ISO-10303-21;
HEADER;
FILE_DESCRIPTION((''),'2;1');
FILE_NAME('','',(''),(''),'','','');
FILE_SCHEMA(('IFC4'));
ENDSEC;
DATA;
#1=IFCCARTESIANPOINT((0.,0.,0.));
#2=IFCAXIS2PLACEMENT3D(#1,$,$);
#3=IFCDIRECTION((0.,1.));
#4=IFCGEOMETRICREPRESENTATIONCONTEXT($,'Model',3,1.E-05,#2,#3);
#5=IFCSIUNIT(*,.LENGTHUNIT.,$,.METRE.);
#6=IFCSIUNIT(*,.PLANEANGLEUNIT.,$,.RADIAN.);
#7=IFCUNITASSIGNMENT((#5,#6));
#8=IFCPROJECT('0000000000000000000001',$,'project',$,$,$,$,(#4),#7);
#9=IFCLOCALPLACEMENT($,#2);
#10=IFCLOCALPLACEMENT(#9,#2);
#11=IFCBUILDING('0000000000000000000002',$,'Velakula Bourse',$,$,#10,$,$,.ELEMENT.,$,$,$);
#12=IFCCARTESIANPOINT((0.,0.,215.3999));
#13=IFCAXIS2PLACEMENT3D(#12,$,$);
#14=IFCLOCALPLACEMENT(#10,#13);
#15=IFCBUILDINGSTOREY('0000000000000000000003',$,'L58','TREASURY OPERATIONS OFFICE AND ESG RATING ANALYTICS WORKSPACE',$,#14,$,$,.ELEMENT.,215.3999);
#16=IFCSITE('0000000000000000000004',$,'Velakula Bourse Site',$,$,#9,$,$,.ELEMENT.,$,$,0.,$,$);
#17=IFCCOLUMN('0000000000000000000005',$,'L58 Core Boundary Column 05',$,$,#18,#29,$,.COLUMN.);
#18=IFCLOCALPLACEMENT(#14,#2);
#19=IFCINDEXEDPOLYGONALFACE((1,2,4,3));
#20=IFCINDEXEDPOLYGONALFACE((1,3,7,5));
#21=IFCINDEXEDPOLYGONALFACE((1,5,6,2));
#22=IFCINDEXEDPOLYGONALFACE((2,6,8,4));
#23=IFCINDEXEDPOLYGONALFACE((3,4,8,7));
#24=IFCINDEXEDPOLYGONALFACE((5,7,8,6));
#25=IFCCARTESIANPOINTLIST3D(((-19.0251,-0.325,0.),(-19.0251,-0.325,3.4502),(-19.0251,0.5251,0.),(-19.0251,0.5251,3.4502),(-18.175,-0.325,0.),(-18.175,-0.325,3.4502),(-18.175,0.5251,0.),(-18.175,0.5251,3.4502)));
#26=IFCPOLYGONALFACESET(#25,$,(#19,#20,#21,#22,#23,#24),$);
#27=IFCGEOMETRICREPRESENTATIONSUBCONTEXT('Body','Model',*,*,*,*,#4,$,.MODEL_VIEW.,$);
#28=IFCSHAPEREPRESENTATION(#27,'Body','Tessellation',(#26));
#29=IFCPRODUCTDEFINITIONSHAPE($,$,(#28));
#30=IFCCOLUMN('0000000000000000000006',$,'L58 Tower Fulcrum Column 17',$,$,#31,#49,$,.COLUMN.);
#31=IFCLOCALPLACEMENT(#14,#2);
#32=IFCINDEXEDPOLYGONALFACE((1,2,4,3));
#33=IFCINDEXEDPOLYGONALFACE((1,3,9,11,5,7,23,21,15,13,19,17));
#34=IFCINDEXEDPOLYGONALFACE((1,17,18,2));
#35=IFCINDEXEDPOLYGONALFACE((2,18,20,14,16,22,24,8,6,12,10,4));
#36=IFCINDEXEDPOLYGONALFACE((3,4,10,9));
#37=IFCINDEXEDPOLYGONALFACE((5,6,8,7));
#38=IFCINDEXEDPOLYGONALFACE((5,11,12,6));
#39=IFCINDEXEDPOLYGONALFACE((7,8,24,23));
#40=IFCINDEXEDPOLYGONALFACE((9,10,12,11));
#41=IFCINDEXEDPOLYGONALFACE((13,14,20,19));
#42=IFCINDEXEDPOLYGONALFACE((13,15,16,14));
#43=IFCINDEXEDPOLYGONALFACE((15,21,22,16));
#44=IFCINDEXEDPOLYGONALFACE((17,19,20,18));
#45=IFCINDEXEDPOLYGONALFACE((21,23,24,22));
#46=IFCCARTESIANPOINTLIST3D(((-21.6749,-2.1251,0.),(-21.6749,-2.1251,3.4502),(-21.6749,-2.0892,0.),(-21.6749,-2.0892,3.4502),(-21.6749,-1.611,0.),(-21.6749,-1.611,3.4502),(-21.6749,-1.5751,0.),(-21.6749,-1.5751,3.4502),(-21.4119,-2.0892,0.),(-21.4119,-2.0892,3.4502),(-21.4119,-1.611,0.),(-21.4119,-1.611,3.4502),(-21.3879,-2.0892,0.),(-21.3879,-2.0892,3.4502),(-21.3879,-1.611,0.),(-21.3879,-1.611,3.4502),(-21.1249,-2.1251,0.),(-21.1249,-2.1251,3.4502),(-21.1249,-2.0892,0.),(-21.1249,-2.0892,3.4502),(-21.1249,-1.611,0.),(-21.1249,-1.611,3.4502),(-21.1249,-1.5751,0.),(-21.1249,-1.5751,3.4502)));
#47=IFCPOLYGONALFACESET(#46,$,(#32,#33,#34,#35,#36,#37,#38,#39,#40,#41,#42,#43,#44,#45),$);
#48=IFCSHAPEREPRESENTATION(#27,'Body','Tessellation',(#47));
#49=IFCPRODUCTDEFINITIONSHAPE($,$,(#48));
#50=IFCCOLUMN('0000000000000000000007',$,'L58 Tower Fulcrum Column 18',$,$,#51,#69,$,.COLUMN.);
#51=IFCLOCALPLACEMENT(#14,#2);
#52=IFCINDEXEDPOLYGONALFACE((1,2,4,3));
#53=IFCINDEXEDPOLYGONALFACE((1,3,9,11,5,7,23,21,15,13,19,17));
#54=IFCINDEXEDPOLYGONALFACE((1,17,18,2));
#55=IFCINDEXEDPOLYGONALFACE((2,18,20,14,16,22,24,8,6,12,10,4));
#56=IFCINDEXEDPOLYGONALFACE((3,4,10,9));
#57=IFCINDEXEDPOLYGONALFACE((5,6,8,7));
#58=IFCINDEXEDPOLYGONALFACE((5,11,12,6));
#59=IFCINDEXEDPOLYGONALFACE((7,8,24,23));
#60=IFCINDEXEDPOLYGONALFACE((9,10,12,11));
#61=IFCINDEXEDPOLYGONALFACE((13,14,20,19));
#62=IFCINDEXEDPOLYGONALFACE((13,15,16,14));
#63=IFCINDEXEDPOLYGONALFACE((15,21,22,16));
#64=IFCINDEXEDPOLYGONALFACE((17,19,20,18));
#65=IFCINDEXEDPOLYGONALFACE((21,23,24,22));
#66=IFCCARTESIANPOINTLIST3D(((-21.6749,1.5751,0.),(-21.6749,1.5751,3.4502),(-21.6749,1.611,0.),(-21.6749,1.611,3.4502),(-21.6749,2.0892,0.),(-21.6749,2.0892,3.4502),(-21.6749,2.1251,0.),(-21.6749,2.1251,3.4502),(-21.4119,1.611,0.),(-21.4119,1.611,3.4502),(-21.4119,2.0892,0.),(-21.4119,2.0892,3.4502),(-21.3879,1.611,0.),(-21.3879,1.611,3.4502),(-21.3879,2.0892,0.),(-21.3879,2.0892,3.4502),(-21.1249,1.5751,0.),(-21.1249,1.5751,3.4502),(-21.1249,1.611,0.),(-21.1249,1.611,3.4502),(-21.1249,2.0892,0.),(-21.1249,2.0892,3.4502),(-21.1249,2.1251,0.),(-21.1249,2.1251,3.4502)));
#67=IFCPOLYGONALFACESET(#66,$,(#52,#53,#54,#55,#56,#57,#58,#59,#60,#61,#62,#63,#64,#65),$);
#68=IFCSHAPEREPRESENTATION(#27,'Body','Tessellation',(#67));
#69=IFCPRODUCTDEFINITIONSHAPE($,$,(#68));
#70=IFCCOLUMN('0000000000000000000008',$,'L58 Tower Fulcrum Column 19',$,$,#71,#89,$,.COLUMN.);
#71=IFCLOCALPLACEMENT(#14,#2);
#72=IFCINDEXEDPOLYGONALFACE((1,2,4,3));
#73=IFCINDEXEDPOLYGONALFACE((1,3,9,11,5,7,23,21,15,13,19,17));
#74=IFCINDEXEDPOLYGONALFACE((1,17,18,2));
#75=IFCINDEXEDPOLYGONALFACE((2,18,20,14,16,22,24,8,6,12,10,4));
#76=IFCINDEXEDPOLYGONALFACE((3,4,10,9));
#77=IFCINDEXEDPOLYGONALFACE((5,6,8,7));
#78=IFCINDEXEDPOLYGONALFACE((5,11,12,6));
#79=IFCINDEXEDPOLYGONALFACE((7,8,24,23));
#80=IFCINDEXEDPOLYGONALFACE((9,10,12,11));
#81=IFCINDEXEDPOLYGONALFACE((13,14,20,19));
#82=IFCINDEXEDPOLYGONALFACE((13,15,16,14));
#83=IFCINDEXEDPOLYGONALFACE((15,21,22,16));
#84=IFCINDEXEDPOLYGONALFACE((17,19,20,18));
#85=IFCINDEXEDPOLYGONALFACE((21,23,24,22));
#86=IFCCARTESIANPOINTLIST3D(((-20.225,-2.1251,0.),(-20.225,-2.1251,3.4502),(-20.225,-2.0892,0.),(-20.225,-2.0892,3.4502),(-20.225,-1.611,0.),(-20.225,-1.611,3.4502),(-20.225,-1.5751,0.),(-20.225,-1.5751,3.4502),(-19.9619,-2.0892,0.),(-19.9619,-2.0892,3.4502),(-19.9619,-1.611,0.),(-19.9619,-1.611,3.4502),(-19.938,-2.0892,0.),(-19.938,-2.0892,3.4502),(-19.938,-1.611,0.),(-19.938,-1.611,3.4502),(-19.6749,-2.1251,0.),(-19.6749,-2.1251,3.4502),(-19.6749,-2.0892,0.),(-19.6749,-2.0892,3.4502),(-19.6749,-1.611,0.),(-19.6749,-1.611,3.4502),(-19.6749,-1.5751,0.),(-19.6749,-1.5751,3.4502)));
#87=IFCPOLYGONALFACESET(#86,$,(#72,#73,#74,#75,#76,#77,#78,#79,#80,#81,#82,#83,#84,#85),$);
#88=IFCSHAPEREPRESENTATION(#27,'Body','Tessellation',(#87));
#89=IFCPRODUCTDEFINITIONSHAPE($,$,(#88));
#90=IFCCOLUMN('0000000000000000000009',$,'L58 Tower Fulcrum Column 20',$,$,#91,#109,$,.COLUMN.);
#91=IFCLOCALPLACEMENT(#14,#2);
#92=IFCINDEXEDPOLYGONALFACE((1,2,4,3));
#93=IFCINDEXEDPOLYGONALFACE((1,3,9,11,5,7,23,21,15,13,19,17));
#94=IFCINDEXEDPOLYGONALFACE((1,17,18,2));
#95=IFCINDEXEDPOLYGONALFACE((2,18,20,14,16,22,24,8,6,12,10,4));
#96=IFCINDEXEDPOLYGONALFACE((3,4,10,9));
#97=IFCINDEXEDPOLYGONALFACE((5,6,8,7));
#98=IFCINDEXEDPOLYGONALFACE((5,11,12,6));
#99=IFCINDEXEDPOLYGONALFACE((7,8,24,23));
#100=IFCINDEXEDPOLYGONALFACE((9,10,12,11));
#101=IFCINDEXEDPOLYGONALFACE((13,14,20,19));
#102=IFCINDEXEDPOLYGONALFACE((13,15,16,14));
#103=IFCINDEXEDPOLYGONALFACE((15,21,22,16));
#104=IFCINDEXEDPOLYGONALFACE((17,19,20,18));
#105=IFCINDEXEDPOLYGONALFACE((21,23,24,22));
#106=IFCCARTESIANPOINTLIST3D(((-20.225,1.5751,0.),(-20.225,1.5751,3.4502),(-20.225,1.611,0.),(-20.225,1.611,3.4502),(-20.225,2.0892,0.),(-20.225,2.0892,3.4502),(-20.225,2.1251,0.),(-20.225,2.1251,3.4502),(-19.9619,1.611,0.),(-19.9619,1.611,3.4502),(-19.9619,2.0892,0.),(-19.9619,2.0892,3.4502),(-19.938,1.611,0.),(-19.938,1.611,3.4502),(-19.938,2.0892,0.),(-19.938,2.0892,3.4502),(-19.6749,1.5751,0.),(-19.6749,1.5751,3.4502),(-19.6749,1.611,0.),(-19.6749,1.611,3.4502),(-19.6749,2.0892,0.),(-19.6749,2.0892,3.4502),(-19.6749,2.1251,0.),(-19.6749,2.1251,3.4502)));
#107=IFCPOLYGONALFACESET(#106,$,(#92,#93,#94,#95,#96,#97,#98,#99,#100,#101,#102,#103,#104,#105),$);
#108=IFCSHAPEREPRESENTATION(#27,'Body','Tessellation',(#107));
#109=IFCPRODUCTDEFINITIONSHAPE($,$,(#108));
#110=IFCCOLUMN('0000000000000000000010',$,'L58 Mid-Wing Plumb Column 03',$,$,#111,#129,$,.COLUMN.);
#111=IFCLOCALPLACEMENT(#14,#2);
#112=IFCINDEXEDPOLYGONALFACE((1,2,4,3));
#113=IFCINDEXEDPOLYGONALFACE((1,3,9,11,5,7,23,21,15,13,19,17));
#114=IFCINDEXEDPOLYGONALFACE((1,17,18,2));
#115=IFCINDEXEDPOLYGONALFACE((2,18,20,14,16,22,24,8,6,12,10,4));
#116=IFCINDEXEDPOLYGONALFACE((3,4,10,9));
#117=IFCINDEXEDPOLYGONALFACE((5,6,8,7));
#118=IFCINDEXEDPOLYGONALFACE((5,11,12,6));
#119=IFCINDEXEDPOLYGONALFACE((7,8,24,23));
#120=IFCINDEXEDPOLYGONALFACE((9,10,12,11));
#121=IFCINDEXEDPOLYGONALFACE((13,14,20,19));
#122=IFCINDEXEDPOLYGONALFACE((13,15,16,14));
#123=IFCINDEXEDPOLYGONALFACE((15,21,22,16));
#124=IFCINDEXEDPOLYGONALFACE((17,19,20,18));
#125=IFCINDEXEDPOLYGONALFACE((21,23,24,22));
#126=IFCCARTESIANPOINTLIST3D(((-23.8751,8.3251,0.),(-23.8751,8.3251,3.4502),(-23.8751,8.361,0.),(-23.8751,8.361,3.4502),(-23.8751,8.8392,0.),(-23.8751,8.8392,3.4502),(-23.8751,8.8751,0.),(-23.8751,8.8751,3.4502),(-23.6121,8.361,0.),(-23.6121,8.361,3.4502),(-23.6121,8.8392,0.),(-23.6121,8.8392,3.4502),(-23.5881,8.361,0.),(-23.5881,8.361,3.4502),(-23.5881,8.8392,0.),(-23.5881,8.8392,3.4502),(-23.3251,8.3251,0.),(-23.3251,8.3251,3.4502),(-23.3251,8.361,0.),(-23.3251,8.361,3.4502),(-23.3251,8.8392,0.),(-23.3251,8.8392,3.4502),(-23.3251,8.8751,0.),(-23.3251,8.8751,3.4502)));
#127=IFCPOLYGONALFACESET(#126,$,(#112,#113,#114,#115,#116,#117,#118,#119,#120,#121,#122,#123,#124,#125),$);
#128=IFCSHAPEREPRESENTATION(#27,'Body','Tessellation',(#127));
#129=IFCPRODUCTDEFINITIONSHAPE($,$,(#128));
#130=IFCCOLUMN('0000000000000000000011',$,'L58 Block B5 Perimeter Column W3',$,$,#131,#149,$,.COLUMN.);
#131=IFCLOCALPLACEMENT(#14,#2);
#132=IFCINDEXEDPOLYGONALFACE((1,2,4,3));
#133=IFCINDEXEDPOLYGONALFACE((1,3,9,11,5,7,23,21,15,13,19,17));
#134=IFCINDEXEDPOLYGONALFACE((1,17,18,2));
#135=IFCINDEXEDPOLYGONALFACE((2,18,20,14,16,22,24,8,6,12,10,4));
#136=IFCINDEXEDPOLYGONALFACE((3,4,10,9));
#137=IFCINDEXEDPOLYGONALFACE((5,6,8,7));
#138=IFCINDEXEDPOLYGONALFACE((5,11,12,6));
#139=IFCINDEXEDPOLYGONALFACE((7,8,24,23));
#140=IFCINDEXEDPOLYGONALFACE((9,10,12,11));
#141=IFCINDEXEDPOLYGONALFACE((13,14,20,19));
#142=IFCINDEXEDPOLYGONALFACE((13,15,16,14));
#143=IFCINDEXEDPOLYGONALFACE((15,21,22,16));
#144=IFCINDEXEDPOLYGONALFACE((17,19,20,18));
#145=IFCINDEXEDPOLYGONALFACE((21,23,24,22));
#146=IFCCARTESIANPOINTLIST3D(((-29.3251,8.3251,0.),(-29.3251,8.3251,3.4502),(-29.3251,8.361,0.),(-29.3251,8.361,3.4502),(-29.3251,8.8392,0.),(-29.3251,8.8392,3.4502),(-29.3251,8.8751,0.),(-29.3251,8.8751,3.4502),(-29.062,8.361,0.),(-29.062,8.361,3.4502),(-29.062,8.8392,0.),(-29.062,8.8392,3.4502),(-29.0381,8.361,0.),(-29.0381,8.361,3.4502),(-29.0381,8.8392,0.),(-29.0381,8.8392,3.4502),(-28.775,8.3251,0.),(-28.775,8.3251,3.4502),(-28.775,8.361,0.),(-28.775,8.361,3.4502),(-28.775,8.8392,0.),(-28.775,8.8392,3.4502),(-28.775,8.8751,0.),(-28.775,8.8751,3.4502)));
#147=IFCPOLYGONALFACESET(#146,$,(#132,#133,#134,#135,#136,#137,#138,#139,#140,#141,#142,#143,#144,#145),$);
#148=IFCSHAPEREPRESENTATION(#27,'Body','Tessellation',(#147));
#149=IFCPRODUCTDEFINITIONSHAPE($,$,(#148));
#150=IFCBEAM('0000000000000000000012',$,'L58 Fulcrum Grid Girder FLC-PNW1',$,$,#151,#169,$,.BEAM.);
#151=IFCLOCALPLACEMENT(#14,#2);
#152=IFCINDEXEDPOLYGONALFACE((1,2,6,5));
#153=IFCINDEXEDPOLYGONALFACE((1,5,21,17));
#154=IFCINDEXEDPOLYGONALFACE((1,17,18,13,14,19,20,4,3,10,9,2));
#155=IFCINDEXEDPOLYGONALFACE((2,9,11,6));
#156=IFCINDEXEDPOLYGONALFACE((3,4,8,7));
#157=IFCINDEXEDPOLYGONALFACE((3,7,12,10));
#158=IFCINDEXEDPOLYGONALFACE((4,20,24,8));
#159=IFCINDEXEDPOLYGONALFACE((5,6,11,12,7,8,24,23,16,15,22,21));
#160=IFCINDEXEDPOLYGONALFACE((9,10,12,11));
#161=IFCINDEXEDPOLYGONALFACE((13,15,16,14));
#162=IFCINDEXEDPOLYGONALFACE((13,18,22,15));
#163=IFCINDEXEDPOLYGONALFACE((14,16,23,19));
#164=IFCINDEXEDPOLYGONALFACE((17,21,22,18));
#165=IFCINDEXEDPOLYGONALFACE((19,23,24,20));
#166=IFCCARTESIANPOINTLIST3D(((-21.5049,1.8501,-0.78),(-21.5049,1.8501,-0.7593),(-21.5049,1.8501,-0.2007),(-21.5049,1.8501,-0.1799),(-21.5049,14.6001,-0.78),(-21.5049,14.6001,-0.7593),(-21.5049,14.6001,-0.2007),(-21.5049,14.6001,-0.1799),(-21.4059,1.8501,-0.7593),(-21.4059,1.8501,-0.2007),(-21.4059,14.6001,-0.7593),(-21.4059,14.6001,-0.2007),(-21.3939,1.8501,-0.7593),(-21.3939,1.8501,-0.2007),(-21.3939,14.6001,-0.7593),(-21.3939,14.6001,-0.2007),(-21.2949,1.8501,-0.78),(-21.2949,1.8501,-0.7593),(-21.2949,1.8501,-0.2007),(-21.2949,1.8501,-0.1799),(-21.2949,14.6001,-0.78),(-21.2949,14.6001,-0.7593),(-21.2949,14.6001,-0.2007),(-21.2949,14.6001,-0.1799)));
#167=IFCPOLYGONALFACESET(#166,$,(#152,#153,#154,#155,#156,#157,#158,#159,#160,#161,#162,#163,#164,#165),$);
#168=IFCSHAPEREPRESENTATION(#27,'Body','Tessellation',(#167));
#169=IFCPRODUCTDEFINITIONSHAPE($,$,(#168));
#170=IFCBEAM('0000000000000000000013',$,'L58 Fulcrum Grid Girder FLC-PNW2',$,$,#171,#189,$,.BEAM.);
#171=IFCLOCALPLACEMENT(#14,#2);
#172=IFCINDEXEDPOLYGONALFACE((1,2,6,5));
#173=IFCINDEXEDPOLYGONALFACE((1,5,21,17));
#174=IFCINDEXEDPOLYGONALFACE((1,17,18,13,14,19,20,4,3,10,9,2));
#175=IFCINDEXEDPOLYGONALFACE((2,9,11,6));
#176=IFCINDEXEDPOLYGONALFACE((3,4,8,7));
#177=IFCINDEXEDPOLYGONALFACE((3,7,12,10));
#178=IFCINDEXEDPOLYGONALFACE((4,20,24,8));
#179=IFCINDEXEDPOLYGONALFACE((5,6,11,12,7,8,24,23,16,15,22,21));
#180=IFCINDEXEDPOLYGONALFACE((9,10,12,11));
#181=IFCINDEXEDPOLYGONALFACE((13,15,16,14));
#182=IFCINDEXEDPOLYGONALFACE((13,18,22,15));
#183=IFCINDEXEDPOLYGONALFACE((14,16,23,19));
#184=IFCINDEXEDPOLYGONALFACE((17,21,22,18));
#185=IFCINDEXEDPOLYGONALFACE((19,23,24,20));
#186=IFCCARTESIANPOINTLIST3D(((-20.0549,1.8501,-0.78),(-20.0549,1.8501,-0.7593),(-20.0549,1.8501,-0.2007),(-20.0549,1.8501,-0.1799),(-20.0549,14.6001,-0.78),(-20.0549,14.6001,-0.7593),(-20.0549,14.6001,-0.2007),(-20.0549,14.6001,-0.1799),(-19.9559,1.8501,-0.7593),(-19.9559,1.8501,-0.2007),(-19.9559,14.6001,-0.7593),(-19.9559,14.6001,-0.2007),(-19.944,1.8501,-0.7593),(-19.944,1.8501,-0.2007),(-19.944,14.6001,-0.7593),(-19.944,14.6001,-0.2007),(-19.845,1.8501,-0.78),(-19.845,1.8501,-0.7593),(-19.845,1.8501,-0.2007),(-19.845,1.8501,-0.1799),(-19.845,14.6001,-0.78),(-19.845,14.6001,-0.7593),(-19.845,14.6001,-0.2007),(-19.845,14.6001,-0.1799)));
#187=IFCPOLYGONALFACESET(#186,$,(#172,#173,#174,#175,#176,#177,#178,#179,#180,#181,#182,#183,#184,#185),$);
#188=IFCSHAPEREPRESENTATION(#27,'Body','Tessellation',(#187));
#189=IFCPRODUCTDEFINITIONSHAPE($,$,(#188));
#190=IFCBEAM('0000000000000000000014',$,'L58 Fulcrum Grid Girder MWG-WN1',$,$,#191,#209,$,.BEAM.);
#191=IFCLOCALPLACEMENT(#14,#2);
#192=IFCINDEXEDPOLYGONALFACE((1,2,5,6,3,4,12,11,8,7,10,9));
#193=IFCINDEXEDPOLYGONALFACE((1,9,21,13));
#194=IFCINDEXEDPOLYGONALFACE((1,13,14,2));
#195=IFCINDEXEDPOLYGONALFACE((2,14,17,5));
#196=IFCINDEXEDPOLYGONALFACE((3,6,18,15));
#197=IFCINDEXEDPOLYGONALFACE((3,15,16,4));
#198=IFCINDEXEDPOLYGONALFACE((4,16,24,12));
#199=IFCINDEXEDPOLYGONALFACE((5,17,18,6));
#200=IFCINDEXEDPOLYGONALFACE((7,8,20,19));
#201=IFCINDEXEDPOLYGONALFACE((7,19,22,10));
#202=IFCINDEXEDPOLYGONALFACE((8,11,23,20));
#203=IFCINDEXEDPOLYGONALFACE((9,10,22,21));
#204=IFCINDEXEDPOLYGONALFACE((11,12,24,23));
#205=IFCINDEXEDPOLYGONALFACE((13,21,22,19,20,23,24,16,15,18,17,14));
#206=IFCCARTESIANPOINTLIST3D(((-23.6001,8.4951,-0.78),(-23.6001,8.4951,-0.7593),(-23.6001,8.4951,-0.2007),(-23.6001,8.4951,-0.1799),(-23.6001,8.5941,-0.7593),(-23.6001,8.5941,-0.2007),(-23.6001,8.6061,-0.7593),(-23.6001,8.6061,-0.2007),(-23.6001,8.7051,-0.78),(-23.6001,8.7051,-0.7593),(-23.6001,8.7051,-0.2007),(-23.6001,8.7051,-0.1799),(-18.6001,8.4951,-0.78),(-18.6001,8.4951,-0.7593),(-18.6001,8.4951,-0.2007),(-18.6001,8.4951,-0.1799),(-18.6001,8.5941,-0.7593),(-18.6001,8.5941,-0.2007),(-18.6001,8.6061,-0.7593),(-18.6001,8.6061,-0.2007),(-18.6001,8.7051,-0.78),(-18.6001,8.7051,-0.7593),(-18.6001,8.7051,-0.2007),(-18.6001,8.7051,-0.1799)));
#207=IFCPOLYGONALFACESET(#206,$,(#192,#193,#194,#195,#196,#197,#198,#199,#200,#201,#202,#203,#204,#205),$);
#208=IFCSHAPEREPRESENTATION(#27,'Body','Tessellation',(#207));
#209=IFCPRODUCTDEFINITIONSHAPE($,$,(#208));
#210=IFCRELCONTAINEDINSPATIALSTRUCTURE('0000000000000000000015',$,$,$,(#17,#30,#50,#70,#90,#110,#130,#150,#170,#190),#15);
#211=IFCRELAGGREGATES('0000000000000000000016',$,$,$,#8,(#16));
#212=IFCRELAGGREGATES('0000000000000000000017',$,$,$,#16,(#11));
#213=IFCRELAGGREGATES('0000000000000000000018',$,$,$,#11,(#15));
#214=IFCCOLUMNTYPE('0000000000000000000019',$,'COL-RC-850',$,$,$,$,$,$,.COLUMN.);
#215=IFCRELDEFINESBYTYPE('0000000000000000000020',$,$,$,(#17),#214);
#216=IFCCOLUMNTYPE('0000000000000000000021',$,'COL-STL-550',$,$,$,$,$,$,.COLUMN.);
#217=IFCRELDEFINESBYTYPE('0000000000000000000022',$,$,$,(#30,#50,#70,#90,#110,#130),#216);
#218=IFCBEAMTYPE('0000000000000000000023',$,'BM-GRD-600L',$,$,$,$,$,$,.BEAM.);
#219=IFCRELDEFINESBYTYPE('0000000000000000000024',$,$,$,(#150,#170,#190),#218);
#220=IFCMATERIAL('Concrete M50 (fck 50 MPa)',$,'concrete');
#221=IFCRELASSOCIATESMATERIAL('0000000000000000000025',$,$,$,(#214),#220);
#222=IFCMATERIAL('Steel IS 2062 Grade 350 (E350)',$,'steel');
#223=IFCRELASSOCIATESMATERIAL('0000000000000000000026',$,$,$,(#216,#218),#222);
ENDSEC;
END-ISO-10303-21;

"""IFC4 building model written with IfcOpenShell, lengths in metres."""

from ifc_helpers import new_model, si_unit, direction, frame, origin, origin_2d, place, context, subcontext, project, spatial, rectangle, i_section, extrude, material, material_profile, profile_set, type_object, element, save


model = new_model("IFC4")

# Units and contexts
model_context = context("Model", 3, precision=1e-05, world=origin(), true_north=direction((0.0, 1.0)))
body_context = subcontext(model_context, "Body", "Model", "MODEL_VIEW")
ifc_project = project(units=[si_unit("LENGTHUNIT", "METRE"), si_unit("PLANEANGLEUNIT", "RADIAN")], contexts=[model_context])

# Site, building, storey
site_placement = place(None, origin())
site = spatial("IfcSite", under=ifc_project, at=site_placement, Name="Velakula Bourse Site", CompositionType="ELEMENT", RefElevation=0.0)
building_placement = place(site_placement, origin())
building = spatial("IfcBuilding", under=site, at=building_placement, Name="Velakula Bourse", CompositionType="ELEMENT")
storey_placement = place(building_placement, frame((0.0, 0.0, 215.3999)))
storey = spatial("IfcBuildingStorey", under=building, at=storey_placement, Name="L58", Description="TREASURY OPERATIONS OFFICE AND ESG RATING ANALYTICS WORKSPACE", CompositionType="ELEMENT", Elevation=215.3999)

# Columns
ifc_material_1 = material(Name="Concrete M50 (fck 50 MPa)", Category="concrete")
ifc_material_profile_1 = material_profile(ifc_material_1, rectangle(XDim=0.8501, YDim=0.8501, at=origin_2d()), Name="Concrete M50 (fck 50 MPa)")
ifc_profile_set_1 = profile_set([ifc_material_profile_1], Name="Concrete M50 (fck 50 MPa)")
column_type_1 = type_object("IfcColumnType", Name="COL-RC-850", PredefinedType="COLUMN", material=ifc_profile_set_1)
column_placement = place(storey_placement, frame((-18.6001, 0.1001, 0.0), z_axis=(0.0, 0.0, 1.0), x_axis=(1.0, 0.0, 0.0)))
element("IfcColumn", 1, at=column_placement, inside=storey, type_object=column_type_1, Name="L58 Core Boundary Column 05", PredefinedType="COLUMN", context=body_context, shape_type="SweptSolid", body=[
    extrude(rectangle(XDim=0.8501, YDim=0.8501, at=origin_2d()), origin(), (0.0, 0.0, 1.0), 3.4502),
])
ifc_material_2 = material(Name="Steel IS 2062 Grade 350 (E350)", Category="steel")
ifc_material_profile_2 = material_profile(ifc_material_2, i_section(OverallWidth=0.55, OverallDepth=0.55, WebThickness=0.0239, FlangeThickness=0.0359, at=origin_2d()), Name="Steel IS 2062 Grade 350 (E350)")
ifc_profile_set_2 = profile_set([ifc_material_profile_2], Name="Steel IS 2062 Grade 350 (E350)")
column_type_2 = type_object("IfcColumnType", Name="COL-STL-550", PredefinedType="COLUMN", material=ifc_profile_set_2)
for number, where, z_axis, x_axis, name in (
    (2, (-21.3999, -1.8501, 0.0), (0.0, 0.0, 1.0), (1.0, 0.0, 0.0), "L58 Tower Fulcrum Column 17"),
    (3, (-21.3999, 1.8501, 0.0), (0.0, 0.0, 1.0), (1.0, 0.0, 0.0), "L58 Tower Fulcrum Column 18"),
    (4, (-19.95, -1.8501, 0.0), (0.0, 0.0, 1.0), (1.0, 0.0, 0.0), "L58 Tower Fulcrum Column 19"),
    (5, (-19.95, 1.8501, 0.0), (0.0, 0.0, 1.0), (1.0, 0.0, 0.0), "L58 Tower Fulcrum Column 20"),
    (6, (-23.6001, 8.6001, 0.0), (0.0, 0.0, 1.0), (1.0, 0.0, 0.0), "L58 Mid-Wing Plumb Column 03"),
    (7, (-29.05, 8.6001, 0.0), (0.0, 0.0, 1.0), (1.0, 0.0, 0.0), "L58 Block B5 Perimeter Column W3"),
):
    element("IfcColumn", number, at=place(storey_placement, frame(where, z_axis=z_axis, x_axis=x_axis)), inside=storey, type_object=column_type_2, Name=name, PredefinedType="COLUMN", context=body_context, shape_type="SweptSolid", body=[
        extrude(i_section(OverallWidth=0.55, OverallDepth=0.55, WebThickness=0.0239, FlangeThickness=0.0359, at=origin_2d()), origin(), (0.0, 0.0, 1.0), 3.4502),
    ])

# Beams
ifc_material_profile_3 = material_profile(ifc_material_2, i_section(OverallWidth=0.21, OverallDepth=0.6001, WebThickness=0.012, FlangeThickness=0.0208, at=origin_2d()), Name="Steel IS 2062 Grade 350 (E350)")
ifc_profile_set_3 = profile_set([ifc_material_profile_3], Name="Steel IS 2062 Grade 350 (E350)")
beam_type_1 = type_object("IfcBeamType", Name="BM-GRD-600L", PredefinedType="BEAM", material=ifc_profile_set_3)
for number, where, z_axis, x_axis, name in (
    (8, (-21.3999, 1.8501, -0.48), (0.0, 1.0, 0.0), (-1.0, 0.0, 0.0), "L58 Fulcrum Grid Girder FLC-PNW1"),
    (9, (-19.95, 1.8501, -0.48), (0.0, 1.0, 0.0), (-1.0, 0.0, 0.0), "L58 Fulcrum Grid Girder FLC-PNW2"),
):
    element("IfcBeam", number, at=place(storey_placement, frame(where, z_axis=z_axis, x_axis=x_axis)), inside=storey, type_object=beam_type_1, Name=name, PredefinedType="BEAM", context=body_context, shape_type="SweptSolid", body=[
        extrude(i_section(OverallWidth=0.21, OverallDepth=0.6001, WebThickness=0.012, FlangeThickness=0.0208, at=origin_2d()), origin(), (0.0, 0.0, 1.0), 12.75),
    ])
beam_1_placement = place(storey_placement, frame((-23.6001, 8.6001, -0.48), z_axis=(1.0, 0.0, 0.0), x_axis=(0.0, 1.0, 0.0)))
element("IfcBeam", 10, at=beam_1_placement, inside=storey, type_object=beam_type_1, Name="L58 Fulcrum Grid Girder MWG-WN1", PredefinedType="BEAM", context=body_context, shape_type="SweptSolid", body=[
    extrude(i_section(OverallWidth=0.21, OverallDepth=0.6001, WebThickness=0.012, FlangeThickness=0.0208, at=origin_2d()), origin(), (0.0, 0.0, 1.0), 5.0),
])

save(model, "model.ifc")
